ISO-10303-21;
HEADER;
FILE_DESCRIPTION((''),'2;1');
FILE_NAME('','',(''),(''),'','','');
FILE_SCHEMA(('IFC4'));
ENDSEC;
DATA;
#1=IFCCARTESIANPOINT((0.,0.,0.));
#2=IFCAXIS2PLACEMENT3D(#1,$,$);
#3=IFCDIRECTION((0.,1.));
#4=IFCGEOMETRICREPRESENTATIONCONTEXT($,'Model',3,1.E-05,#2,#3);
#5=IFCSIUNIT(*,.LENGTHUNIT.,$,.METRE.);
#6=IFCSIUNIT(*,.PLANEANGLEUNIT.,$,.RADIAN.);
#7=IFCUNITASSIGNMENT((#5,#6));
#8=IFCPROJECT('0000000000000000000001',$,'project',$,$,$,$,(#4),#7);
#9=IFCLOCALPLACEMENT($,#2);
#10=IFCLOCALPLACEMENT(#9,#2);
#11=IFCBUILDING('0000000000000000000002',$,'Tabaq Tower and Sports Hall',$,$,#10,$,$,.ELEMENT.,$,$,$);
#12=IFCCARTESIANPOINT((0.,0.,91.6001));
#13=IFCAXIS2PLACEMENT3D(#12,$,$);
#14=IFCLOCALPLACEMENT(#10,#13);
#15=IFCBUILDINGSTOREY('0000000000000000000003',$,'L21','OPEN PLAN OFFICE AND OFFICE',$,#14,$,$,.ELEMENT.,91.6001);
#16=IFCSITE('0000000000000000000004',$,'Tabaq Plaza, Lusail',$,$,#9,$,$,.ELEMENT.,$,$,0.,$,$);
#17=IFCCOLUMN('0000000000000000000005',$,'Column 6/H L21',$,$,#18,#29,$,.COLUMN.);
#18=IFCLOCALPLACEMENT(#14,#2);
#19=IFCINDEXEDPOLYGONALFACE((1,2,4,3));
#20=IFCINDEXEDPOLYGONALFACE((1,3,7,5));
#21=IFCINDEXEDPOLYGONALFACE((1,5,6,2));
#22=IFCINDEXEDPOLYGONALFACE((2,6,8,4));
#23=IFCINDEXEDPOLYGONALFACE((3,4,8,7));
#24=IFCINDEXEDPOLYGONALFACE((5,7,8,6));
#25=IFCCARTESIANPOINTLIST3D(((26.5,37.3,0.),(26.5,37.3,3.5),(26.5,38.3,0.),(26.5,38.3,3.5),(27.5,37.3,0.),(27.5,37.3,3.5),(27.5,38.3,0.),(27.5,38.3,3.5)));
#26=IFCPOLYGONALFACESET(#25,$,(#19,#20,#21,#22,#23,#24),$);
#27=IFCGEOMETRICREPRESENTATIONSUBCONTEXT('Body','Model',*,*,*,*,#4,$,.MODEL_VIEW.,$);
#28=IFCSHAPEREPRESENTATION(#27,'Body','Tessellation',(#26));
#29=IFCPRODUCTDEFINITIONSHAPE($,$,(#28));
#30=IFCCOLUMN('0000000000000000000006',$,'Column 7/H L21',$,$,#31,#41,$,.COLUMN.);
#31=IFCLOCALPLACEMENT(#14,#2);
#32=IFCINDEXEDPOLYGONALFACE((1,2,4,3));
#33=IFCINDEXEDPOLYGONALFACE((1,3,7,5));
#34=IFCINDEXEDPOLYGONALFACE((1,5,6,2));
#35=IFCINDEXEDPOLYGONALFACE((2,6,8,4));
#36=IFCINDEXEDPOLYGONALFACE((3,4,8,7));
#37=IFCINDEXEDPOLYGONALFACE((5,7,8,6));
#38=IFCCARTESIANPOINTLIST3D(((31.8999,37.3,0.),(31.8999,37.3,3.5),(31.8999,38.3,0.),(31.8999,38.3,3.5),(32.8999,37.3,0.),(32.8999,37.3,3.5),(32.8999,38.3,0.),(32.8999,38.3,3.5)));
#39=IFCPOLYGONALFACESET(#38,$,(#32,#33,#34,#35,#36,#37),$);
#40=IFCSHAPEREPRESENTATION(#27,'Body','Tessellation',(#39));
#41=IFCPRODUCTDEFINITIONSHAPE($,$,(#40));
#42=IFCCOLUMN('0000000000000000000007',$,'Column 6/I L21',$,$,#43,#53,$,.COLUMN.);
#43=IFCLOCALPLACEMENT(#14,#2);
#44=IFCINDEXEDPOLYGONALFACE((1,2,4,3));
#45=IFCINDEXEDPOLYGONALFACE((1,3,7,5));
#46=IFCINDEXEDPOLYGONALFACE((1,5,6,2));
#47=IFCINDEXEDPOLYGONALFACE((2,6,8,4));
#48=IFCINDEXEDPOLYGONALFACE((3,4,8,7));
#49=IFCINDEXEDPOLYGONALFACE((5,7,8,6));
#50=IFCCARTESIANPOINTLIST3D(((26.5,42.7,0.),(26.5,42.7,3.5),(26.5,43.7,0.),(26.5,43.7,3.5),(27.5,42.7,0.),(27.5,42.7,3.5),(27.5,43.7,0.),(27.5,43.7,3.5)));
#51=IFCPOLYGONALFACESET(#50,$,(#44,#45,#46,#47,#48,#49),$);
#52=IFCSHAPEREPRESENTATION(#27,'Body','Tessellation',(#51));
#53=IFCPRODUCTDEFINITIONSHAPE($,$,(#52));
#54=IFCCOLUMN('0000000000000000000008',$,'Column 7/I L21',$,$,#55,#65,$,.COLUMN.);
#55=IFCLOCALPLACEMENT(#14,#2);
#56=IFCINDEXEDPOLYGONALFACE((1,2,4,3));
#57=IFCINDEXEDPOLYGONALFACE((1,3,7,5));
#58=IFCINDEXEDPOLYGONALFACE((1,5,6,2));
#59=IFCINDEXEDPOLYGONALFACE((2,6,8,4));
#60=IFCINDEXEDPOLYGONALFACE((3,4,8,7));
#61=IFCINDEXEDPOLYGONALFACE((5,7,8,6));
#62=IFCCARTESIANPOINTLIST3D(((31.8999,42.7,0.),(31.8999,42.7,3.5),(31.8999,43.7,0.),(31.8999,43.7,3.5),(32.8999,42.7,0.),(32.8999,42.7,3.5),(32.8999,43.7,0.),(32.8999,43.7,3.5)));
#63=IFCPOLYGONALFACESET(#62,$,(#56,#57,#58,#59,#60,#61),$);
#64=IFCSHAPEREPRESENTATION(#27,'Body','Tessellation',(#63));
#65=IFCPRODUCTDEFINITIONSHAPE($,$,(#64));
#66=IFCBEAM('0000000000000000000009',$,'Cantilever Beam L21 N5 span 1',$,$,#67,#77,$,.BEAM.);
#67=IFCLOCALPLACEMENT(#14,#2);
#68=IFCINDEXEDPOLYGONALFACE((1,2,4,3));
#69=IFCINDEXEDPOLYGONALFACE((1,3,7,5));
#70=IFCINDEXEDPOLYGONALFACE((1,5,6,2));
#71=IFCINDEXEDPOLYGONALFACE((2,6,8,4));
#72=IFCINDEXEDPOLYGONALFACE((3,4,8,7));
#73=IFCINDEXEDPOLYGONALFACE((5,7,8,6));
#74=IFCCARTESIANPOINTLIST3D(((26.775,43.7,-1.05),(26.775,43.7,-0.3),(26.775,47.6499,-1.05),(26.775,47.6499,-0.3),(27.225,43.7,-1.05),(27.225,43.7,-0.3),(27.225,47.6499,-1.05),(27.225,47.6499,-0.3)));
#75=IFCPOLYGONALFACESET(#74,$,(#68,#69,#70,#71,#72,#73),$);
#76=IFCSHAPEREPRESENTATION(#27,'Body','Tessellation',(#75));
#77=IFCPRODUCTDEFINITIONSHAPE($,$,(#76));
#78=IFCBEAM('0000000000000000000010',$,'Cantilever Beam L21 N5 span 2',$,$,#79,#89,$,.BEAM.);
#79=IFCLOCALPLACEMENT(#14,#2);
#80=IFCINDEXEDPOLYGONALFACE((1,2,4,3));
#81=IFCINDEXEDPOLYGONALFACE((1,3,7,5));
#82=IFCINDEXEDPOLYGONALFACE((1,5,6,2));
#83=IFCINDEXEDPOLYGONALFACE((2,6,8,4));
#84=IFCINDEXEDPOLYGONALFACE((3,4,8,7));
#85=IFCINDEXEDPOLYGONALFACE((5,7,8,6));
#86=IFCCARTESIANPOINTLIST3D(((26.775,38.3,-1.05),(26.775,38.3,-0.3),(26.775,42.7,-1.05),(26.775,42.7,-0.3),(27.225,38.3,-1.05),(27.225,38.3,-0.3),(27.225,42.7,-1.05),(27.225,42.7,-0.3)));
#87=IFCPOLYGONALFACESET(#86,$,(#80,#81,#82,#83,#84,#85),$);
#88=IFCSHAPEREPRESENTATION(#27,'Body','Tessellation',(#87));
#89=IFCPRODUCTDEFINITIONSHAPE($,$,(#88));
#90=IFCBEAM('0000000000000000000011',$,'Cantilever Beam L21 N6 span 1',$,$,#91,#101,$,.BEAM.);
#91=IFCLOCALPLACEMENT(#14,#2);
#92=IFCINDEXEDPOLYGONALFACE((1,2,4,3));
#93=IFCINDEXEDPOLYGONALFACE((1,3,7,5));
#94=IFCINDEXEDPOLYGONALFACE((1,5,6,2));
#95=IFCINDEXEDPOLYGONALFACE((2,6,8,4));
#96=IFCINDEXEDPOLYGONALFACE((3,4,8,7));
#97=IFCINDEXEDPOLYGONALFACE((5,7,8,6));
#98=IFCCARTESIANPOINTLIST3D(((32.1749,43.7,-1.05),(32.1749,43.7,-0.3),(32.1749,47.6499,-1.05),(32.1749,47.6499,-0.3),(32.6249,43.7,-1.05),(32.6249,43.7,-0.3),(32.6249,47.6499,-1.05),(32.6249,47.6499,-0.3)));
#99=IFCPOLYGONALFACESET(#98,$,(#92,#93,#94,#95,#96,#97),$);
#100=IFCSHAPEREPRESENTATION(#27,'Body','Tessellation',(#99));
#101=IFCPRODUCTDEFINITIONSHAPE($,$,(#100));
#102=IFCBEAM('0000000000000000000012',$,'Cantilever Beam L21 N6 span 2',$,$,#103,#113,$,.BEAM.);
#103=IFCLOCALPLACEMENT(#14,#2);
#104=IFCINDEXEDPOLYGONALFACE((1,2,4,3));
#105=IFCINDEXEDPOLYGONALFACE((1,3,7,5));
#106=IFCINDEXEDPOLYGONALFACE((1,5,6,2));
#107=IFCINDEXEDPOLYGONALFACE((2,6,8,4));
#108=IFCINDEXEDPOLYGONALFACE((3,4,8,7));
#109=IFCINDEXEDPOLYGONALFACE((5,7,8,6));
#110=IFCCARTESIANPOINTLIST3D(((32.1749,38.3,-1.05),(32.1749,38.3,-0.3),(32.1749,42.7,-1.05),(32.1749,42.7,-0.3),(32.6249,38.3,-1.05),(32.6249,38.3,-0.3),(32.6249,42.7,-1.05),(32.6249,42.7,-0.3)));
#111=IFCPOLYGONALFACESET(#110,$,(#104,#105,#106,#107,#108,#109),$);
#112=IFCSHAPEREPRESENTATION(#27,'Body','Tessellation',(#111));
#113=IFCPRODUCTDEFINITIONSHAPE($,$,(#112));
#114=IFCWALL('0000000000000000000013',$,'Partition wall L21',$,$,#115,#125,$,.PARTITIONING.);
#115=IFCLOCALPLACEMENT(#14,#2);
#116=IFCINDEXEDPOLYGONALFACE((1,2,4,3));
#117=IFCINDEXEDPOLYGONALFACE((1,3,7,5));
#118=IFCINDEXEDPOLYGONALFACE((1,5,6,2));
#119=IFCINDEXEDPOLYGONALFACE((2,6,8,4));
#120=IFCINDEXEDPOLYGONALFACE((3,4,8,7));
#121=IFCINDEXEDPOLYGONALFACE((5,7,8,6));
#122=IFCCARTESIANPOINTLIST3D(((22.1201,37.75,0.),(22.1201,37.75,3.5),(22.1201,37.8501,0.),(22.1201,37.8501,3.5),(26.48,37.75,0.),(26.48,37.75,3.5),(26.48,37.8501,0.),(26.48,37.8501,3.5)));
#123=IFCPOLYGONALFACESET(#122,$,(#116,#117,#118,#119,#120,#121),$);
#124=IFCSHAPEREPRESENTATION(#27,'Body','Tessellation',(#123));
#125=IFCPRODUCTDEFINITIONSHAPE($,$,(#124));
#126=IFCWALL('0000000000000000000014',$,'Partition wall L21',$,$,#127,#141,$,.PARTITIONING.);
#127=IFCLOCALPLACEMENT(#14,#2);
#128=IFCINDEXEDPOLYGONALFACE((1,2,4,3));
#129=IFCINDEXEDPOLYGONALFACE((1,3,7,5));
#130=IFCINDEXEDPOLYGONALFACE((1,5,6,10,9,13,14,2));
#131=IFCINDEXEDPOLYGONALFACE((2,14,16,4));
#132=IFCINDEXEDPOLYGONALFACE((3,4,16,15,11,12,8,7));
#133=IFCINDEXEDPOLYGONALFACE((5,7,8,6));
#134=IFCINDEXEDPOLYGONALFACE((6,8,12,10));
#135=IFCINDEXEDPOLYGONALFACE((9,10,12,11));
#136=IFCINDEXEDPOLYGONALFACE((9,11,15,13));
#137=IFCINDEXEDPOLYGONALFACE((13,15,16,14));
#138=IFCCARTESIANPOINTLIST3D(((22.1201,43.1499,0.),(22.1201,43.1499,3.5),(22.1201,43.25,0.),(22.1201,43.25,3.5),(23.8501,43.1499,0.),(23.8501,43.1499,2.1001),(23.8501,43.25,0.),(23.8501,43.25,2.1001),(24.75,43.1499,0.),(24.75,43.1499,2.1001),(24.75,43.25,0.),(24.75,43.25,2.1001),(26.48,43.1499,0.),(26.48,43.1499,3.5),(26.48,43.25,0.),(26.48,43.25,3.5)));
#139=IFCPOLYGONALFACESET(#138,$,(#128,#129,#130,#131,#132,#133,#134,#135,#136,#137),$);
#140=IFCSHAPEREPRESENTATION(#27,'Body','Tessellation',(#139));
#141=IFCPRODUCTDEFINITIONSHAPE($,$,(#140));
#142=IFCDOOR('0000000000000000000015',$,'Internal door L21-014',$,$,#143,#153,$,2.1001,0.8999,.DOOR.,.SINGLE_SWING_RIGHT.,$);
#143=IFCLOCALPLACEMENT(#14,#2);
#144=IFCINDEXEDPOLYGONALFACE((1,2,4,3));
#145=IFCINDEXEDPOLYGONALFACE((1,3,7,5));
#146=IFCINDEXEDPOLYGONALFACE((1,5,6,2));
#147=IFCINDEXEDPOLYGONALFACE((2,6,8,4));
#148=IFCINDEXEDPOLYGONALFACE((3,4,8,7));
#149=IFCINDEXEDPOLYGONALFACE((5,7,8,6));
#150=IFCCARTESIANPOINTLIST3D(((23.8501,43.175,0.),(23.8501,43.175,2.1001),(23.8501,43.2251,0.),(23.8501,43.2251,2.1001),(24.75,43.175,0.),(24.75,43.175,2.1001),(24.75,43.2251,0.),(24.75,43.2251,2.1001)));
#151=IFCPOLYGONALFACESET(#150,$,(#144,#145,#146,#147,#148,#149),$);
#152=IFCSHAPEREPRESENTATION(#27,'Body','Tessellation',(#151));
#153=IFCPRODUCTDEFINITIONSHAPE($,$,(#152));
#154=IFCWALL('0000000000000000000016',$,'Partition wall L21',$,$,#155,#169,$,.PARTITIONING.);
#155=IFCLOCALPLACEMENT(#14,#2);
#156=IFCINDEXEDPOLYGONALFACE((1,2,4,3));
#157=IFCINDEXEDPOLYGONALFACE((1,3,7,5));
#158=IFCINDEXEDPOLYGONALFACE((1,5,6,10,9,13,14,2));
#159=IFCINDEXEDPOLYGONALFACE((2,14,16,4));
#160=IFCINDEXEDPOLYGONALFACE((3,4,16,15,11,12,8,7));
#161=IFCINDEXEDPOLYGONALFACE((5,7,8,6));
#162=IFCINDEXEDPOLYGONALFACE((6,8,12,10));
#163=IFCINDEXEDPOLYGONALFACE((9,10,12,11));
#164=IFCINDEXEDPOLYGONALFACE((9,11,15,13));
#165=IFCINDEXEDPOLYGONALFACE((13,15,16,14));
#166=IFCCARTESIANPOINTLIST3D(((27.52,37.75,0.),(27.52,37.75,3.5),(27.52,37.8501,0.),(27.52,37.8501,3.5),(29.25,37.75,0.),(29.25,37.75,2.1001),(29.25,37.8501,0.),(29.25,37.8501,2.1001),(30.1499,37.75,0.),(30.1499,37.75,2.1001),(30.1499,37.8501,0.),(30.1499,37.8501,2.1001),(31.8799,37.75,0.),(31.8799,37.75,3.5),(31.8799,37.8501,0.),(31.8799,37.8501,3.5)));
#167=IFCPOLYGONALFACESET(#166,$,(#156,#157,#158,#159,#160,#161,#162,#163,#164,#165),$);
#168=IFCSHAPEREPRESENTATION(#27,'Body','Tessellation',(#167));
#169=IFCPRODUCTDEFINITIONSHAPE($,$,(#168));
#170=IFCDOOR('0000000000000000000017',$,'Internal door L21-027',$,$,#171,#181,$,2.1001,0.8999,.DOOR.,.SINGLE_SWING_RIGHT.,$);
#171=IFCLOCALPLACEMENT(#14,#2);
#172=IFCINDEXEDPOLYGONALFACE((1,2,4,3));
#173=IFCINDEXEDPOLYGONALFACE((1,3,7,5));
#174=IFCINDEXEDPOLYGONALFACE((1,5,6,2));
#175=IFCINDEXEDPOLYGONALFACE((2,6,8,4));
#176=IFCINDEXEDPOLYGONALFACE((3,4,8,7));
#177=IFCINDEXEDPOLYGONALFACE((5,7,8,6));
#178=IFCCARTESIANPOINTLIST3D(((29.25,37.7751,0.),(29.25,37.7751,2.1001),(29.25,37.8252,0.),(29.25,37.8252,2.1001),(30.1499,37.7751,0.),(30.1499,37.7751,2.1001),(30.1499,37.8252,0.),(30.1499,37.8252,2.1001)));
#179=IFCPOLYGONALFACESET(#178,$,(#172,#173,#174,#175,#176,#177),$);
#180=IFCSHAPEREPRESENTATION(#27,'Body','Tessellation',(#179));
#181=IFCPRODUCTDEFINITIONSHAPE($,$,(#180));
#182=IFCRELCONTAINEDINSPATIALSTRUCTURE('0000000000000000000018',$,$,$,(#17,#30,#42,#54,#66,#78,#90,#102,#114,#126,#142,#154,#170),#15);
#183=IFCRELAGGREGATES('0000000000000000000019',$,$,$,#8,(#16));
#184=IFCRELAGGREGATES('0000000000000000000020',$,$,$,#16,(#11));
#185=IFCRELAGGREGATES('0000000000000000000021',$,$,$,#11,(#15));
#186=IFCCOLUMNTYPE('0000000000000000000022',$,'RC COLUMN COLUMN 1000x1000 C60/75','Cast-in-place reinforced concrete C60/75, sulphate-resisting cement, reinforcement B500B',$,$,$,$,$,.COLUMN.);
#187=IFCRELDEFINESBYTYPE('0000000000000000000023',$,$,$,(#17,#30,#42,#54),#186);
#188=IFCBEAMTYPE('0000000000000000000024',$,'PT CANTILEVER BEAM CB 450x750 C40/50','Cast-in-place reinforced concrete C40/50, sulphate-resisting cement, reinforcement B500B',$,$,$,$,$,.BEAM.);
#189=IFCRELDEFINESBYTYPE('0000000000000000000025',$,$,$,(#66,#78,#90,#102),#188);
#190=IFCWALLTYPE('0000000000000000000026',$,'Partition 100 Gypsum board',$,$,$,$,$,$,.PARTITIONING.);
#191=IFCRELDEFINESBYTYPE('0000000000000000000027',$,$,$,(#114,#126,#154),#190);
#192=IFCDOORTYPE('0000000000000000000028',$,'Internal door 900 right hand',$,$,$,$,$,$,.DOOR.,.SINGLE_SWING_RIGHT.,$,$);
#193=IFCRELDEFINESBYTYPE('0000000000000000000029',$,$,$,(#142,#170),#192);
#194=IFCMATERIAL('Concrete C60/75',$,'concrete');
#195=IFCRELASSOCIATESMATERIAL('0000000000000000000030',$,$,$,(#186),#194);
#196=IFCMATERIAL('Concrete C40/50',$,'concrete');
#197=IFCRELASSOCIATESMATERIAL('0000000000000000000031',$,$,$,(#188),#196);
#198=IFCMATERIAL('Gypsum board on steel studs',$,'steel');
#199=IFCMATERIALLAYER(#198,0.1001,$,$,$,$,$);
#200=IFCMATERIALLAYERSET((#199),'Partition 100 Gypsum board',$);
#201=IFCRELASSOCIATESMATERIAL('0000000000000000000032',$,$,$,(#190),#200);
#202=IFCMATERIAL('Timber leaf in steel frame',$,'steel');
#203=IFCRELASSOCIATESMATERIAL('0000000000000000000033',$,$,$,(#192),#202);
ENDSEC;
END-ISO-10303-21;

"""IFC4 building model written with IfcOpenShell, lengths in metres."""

from ifc_helpers import new_model, si_unit, direction, frame, frame_2d, origin, origin_2d, place, context, subcontext, project, spatial, rectangle, extrude, material, layer, layer_set, material_profile, profile_set, type_object, element, fill, save


model = new_model("IFC4")

# Units and contexts
model_context = context("Model", 3, precision=1e-05, world=origin(), true_north=direction((0.0, 1.0)))
body_context = subcontext(model_context, "Body", "Model", "MODEL_VIEW")
ifc_project = project(units=[si_unit("LENGTHUNIT", "METRE"), si_unit("PLANEANGLEUNIT", "RADIAN")], contexts=[model_context])

# Site, building, storey
site_placement = place(None, origin())
site = spatial("IfcSite", under=ifc_project, at=site_placement, Name="Tabaq Plaza, Lusail", CompositionType="ELEMENT", RefElevation=0.0)
building_placement = place(site_placement, origin())
building = spatial("IfcBuilding", under=site, at=building_placement, Name="Tabaq Tower and Sports Hall", CompositionType="ELEMENT")
storey_placement = place(building_placement, frame((0.0, 0.0, 91.6001)))
storey = spatial("IfcBuildingStorey", under=building, at=storey_placement, Name="L21", Description="OPEN PLAN OFFICE AND OFFICE", CompositionType="ELEMENT", Elevation=91.6001)

# Columns
ifc_material_1 = material(Name="Concrete C60/75", Category="concrete")
ifc_material_profile_1 = material_profile(ifc_material_1, rectangle(XDim=1.0, YDim=1.0, at=origin_2d()), Name="COLUMN 1000x1000")
ifc_profile_set_1 = profile_set([ifc_material_profile_1], Name="Concrete C60/75")
column_type = type_object("IfcColumnType", Name="RC COLUMN COLUMN 1000x1000 C60/75", Description="Cast-in-place reinforced concrete C60/75, sulphate-resisting cement, reinforcement B500B", PredefinedType="COLUMN", material=ifc_profile_set_1)
for number, where, z_axis, x_axis, name in (
    (1, (27.0, 37.8, 0.0), (0.0, 0.0, 1.0), (1.0, 0.0, 0.0), "Column 6/H L21"),
    (2, (32.3999, 37.8, 0.0), (0.0, 0.0, 1.0), (1.0, 0.0, 0.0), "Column 7/H L21"),
    (3, (27.0, 43.2, 0.0), (0.0, 0.0, 1.0), (1.0, 0.0, 0.0), "Column 6/I L21"),
    (4, (32.3999, 43.2, 0.0), (0.0, 0.0, 1.0), (1.0, 0.0, 0.0), "Column 7/I L21"),
):
    element("IfcColumn", number, at=place(storey_placement, frame(where, z_axis=z_axis, x_axis=x_axis)), inside=storey, type_object=column_type, Name=name, PredefinedType="COLUMN", context=body_context, shape_type="SweptSolid", body=[
        extrude(rectangle(XDim=1.0, YDim=1.0, at=origin_2d()), origin(), (0.0, 0.0, 1.0), 3.5),
    ])

# Beams
ifc_material_2 = material(Name="Concrete C40/50", Category="concrete")
ifc_material_profile_2 = material_profile(ifc_material_2, rectangle(XDim=0.45, YDim=0.75, at=origin_2d()), Name="CB 450x750")
ifc_profile_set_2 = profile_set([ifc_material_profile_2], Name="Concrete C40/50")
beam_type = type_object("IfcBeamType", Name="PT CANTILEVER BEAM CB 450x750 C40/50", Description="Cast-in-place reinforced concrete C40/50, sulphate-resisting cement, reinforcement B500B", PredefinedType="BEAM", material=ifc_profile_set_2)
beam_1_placement = place(storey_placement, frame((27.0, 47.6499, -0.675), z_axis=(0.0, -1.0, 0.0), x_axis=(1.0, 0.0, 0.0)))
element("IfcBeam", 5, at=beam_1_placement, inside=storey, type_object=beam_type, Name="Cantilever Beam L21 N5 span 1", PredefinedType="BEAM", context=body_context, shape_type="SweptSolid", body=[
    extrude(rectangle(XDim=0.45, YDim=0.75, at=origin_2d()), origin(), (0.0, 0.0, 1.0), 3.95),
])
beam_2_placement = place(storey_placement, frame((27.0, 42.7, -0.675), z_axis=(0.0, -1.0, 0.0), x_axis=(1.0, 0.0, 0.0)))
element("IfcBeam", 6, at=beam_2_placement, inside=storey, type_object=beam_type, Name="Cantilever Beam L21 N5 span 2", PredefinedType="BEAM", context=body_context, shape_type="SweptSolid", body=[
    extrude(rectangle(XDim=0.45, YDim=0.75, at=origin_2d()), origin(), (0.0, 0.0, 1.0), 4.3999),
])
beam_3_placement = place(storey_placement, frame((32.3999, 47.6499, -0.675), z_axis=(0.0, -1.0, 0.0), x_axis=(1.0, 0.0, 0.0)))
element("IfcBeam", 7, at=beam_3_placement, inside=storey, type_object=beam_type, Name="Cantilever Beam L21 N6 span 1", PredefinedType="BEAM", context=body_context, shape_type="SweptSolid", body=[
    extrude(rectangle(XDim=0.45, YDim=0.75, at=origin_2d()), origin(), (0.0, 0.0, 1.0), 3.95),
])
beam_4_placement = place(storey_placement, frame((32.3999, 42.7, -0.675), z_axis=(0.0, -1.0, 0.0), x_axis=(1.0, 0.0, 0.0)))
element("IfcBeam", 8, at=beam_4_placement, inside=storey, type_object=beam_type, Name="Cantilever Beam L21 N6 span 2", PredefinedType="BEAM", context=body_context, shape_type="SweptSolid", body=[
    extrude(rectangle(XDim=0.45, YDim=0.75, at=origin_2d()), origin(), (0.0, 0.0, 1.0), 4.3999),
])

# Wall
ifc_material_3 = material(Name="Gypsum board on steel studs", Category="steel")
ifc_layer_1 = layer(ifc_material_3, 0.1001)
ifc_layer_set_1 = layer_set([ifc_layer_1], Name="Partition 100 Gypsum board")
wall_type_1 = type_object("IfcWallType", Name="Partition 100 Gypsum board", PredefinedType="PARTITIONING", material=ifc_layer_set_1)
wall_1_placement = place(storey_placement, frame((26.48, 37.8, 0.0), z_axis=(0.0, 0.0, 1.0), x_axis=(-1.0, 0.0, 0.0)))
element("IfcWall", 9, at=wall_1_placement, inside=storey, type_object=wall_type_1, Name="Partition wall L21", PredefinedType="PARTITIONING", context=body_context, shape_type="SweptSolid", body=[
    extrude(rectangle(XDim=4.3599, YDim=0.1001, at=frame_2d((2.1799, 0.0))), origin(), (0.0, 0.0, 1.0), 3.5),
])

# Walls, openings, doors
wall_2_placement = place(storey_placement, frame((26.48, 43.2, 0.0), z_axis=(0.0, 0.0, 1.0), x_axis=(-1.0, 0.0, 0.0)))
wall_2 = element("IfcWall", 10, at=wall_2_placement, inside=storey, type_object=wall_type_1, Name="Partition wall L21", PredefinedType="PARTITIONING", context=body_context, shape_type="SweptSolid", body=[
    extrude(rectangle(XDim=4.3599, YDim=0.1001, at=frame_2d((2.1799, 0.0))), origin(), (0.0, 0.0, 1.0), 3.5),
])
opening_1_placement = place(wall_2_placement, frame((1.73, 0.0, 0.0)))
opening_1 = element("IfcOpeningElement", 11, at=opening_1_placement, cuts=wall_2, PredefinedType="OPENING", context=body_context, shape_type="SweptSolid", body=[
    extrude(rectangle(XDim=0.8999, YDim=2.1001, at=frame_2d((0.45, 1.05))), frame((0.0, 0.05, 0.0), z_axis=(0.0, -1.0, 0.0), x_axis=(1.0, 0.0, 0.0)), (0.0, 0.0, 1.0), 0.1001),
])
ifc_material_4 = material(Name="Timber leaf in steel frame", Category="steel")
door_type = type_object("IfcDoorType", Name="Internal door 900 right hand", OperationType="SINGLE_SWING_RIGHT", PredefinedType="DOOR", material=ifc_material_4)
door_1_placement = place(opening_1_placement, origin())
door_1 = element("IfcDoor", 12, at=door_1_placement, inside=storey, type_object=door_type, Name="Internal door L21-014", OperationType="SINGLE_SWING_RIGHT", OverallHeight=2.1001, OverallWidth=0.8999, PredefinedType="DOOR", context=body_context, shape_type="SweptSolid", body=[
    extrude(rectangle(XDim=0.8999, YDim=2.1001, at=frame_2d((0.45, 1.05))), frame((0.0, 0.0249, 0.0), z_axis=(0.0, -1.0, 0.0), x_axis=(1.0, 0.0, 0.0)), (0.0, 0.0, 1.0), 0.05),
])
fill(opening_1, door_1)
wall_3_placement = place(storey_placement, frame((31.8799, 37.8, 0.0), z_axis=(0.0, 0.0, 1.0), x_axis=(-1.0, 0.0, 0.0)))
wall_3 = element("IfcWall", 13, at=wall_3_placement, inside=storey, type_object=wall_type_1, Name="Partition wall L21", PredefinedType="PARTITIONING", context=body_context, shape_type="SweptSolid", body=[
    extrude(rectangle(XDim=4.3599, YDim=0.1001, at=frame_2d((2.1799, 0.0))), origin(), (0.0, 0.0, 1.0), 3.5),
])
opening_2_placement = place(wall_3_placement, frame((1.73, 0.0, 0.0)))
opening_2 = element("IfcOpeningElement", 14, at=opening_2_placement, cuts=wall_3, PredefinedType="OPENING", context=body_context, shape_type="SweptSolid", body=[
    extrude(rectangle(XDim=0.8999, YDim=2.1001, at=frame_2d((0.45, 1.05))), frame((0.0, 0.05, 0.0), z_axis=(0.0, -1.0, 0.0), x_axis=(1.0, 0.0, 0.0)), (0.0, 0.0, 1.0), 0.1001),
])
door_2_placement = place(opening_2_placement, origin())
door_2 = element("IfcDoor", 15, at=door_2_placement, inside=storey, type_object=door_type, Name="Internal door L21-027", OperationType="SINGLE_SWING_RIGHT", OverallHeight=2.1001, OverallWidth=0.8999, PredefinedType="DOOR", context=body_context, shape_type="SweptSolid", body=[
    extrude(rectangle(XDim=0.8999, YDim=2.1001, at=frame_2d((0.45, 1.05))), frame((0.0, 0.0249, 0.0), z_axis=(0.0, -1.0, 0.0), x_axis=(1.0, 0.0, 0.0)), (0.0, 0.0, 1.0), 0.05),
])
fill(opening_2, door_2)

save(model, "model.ifc")
